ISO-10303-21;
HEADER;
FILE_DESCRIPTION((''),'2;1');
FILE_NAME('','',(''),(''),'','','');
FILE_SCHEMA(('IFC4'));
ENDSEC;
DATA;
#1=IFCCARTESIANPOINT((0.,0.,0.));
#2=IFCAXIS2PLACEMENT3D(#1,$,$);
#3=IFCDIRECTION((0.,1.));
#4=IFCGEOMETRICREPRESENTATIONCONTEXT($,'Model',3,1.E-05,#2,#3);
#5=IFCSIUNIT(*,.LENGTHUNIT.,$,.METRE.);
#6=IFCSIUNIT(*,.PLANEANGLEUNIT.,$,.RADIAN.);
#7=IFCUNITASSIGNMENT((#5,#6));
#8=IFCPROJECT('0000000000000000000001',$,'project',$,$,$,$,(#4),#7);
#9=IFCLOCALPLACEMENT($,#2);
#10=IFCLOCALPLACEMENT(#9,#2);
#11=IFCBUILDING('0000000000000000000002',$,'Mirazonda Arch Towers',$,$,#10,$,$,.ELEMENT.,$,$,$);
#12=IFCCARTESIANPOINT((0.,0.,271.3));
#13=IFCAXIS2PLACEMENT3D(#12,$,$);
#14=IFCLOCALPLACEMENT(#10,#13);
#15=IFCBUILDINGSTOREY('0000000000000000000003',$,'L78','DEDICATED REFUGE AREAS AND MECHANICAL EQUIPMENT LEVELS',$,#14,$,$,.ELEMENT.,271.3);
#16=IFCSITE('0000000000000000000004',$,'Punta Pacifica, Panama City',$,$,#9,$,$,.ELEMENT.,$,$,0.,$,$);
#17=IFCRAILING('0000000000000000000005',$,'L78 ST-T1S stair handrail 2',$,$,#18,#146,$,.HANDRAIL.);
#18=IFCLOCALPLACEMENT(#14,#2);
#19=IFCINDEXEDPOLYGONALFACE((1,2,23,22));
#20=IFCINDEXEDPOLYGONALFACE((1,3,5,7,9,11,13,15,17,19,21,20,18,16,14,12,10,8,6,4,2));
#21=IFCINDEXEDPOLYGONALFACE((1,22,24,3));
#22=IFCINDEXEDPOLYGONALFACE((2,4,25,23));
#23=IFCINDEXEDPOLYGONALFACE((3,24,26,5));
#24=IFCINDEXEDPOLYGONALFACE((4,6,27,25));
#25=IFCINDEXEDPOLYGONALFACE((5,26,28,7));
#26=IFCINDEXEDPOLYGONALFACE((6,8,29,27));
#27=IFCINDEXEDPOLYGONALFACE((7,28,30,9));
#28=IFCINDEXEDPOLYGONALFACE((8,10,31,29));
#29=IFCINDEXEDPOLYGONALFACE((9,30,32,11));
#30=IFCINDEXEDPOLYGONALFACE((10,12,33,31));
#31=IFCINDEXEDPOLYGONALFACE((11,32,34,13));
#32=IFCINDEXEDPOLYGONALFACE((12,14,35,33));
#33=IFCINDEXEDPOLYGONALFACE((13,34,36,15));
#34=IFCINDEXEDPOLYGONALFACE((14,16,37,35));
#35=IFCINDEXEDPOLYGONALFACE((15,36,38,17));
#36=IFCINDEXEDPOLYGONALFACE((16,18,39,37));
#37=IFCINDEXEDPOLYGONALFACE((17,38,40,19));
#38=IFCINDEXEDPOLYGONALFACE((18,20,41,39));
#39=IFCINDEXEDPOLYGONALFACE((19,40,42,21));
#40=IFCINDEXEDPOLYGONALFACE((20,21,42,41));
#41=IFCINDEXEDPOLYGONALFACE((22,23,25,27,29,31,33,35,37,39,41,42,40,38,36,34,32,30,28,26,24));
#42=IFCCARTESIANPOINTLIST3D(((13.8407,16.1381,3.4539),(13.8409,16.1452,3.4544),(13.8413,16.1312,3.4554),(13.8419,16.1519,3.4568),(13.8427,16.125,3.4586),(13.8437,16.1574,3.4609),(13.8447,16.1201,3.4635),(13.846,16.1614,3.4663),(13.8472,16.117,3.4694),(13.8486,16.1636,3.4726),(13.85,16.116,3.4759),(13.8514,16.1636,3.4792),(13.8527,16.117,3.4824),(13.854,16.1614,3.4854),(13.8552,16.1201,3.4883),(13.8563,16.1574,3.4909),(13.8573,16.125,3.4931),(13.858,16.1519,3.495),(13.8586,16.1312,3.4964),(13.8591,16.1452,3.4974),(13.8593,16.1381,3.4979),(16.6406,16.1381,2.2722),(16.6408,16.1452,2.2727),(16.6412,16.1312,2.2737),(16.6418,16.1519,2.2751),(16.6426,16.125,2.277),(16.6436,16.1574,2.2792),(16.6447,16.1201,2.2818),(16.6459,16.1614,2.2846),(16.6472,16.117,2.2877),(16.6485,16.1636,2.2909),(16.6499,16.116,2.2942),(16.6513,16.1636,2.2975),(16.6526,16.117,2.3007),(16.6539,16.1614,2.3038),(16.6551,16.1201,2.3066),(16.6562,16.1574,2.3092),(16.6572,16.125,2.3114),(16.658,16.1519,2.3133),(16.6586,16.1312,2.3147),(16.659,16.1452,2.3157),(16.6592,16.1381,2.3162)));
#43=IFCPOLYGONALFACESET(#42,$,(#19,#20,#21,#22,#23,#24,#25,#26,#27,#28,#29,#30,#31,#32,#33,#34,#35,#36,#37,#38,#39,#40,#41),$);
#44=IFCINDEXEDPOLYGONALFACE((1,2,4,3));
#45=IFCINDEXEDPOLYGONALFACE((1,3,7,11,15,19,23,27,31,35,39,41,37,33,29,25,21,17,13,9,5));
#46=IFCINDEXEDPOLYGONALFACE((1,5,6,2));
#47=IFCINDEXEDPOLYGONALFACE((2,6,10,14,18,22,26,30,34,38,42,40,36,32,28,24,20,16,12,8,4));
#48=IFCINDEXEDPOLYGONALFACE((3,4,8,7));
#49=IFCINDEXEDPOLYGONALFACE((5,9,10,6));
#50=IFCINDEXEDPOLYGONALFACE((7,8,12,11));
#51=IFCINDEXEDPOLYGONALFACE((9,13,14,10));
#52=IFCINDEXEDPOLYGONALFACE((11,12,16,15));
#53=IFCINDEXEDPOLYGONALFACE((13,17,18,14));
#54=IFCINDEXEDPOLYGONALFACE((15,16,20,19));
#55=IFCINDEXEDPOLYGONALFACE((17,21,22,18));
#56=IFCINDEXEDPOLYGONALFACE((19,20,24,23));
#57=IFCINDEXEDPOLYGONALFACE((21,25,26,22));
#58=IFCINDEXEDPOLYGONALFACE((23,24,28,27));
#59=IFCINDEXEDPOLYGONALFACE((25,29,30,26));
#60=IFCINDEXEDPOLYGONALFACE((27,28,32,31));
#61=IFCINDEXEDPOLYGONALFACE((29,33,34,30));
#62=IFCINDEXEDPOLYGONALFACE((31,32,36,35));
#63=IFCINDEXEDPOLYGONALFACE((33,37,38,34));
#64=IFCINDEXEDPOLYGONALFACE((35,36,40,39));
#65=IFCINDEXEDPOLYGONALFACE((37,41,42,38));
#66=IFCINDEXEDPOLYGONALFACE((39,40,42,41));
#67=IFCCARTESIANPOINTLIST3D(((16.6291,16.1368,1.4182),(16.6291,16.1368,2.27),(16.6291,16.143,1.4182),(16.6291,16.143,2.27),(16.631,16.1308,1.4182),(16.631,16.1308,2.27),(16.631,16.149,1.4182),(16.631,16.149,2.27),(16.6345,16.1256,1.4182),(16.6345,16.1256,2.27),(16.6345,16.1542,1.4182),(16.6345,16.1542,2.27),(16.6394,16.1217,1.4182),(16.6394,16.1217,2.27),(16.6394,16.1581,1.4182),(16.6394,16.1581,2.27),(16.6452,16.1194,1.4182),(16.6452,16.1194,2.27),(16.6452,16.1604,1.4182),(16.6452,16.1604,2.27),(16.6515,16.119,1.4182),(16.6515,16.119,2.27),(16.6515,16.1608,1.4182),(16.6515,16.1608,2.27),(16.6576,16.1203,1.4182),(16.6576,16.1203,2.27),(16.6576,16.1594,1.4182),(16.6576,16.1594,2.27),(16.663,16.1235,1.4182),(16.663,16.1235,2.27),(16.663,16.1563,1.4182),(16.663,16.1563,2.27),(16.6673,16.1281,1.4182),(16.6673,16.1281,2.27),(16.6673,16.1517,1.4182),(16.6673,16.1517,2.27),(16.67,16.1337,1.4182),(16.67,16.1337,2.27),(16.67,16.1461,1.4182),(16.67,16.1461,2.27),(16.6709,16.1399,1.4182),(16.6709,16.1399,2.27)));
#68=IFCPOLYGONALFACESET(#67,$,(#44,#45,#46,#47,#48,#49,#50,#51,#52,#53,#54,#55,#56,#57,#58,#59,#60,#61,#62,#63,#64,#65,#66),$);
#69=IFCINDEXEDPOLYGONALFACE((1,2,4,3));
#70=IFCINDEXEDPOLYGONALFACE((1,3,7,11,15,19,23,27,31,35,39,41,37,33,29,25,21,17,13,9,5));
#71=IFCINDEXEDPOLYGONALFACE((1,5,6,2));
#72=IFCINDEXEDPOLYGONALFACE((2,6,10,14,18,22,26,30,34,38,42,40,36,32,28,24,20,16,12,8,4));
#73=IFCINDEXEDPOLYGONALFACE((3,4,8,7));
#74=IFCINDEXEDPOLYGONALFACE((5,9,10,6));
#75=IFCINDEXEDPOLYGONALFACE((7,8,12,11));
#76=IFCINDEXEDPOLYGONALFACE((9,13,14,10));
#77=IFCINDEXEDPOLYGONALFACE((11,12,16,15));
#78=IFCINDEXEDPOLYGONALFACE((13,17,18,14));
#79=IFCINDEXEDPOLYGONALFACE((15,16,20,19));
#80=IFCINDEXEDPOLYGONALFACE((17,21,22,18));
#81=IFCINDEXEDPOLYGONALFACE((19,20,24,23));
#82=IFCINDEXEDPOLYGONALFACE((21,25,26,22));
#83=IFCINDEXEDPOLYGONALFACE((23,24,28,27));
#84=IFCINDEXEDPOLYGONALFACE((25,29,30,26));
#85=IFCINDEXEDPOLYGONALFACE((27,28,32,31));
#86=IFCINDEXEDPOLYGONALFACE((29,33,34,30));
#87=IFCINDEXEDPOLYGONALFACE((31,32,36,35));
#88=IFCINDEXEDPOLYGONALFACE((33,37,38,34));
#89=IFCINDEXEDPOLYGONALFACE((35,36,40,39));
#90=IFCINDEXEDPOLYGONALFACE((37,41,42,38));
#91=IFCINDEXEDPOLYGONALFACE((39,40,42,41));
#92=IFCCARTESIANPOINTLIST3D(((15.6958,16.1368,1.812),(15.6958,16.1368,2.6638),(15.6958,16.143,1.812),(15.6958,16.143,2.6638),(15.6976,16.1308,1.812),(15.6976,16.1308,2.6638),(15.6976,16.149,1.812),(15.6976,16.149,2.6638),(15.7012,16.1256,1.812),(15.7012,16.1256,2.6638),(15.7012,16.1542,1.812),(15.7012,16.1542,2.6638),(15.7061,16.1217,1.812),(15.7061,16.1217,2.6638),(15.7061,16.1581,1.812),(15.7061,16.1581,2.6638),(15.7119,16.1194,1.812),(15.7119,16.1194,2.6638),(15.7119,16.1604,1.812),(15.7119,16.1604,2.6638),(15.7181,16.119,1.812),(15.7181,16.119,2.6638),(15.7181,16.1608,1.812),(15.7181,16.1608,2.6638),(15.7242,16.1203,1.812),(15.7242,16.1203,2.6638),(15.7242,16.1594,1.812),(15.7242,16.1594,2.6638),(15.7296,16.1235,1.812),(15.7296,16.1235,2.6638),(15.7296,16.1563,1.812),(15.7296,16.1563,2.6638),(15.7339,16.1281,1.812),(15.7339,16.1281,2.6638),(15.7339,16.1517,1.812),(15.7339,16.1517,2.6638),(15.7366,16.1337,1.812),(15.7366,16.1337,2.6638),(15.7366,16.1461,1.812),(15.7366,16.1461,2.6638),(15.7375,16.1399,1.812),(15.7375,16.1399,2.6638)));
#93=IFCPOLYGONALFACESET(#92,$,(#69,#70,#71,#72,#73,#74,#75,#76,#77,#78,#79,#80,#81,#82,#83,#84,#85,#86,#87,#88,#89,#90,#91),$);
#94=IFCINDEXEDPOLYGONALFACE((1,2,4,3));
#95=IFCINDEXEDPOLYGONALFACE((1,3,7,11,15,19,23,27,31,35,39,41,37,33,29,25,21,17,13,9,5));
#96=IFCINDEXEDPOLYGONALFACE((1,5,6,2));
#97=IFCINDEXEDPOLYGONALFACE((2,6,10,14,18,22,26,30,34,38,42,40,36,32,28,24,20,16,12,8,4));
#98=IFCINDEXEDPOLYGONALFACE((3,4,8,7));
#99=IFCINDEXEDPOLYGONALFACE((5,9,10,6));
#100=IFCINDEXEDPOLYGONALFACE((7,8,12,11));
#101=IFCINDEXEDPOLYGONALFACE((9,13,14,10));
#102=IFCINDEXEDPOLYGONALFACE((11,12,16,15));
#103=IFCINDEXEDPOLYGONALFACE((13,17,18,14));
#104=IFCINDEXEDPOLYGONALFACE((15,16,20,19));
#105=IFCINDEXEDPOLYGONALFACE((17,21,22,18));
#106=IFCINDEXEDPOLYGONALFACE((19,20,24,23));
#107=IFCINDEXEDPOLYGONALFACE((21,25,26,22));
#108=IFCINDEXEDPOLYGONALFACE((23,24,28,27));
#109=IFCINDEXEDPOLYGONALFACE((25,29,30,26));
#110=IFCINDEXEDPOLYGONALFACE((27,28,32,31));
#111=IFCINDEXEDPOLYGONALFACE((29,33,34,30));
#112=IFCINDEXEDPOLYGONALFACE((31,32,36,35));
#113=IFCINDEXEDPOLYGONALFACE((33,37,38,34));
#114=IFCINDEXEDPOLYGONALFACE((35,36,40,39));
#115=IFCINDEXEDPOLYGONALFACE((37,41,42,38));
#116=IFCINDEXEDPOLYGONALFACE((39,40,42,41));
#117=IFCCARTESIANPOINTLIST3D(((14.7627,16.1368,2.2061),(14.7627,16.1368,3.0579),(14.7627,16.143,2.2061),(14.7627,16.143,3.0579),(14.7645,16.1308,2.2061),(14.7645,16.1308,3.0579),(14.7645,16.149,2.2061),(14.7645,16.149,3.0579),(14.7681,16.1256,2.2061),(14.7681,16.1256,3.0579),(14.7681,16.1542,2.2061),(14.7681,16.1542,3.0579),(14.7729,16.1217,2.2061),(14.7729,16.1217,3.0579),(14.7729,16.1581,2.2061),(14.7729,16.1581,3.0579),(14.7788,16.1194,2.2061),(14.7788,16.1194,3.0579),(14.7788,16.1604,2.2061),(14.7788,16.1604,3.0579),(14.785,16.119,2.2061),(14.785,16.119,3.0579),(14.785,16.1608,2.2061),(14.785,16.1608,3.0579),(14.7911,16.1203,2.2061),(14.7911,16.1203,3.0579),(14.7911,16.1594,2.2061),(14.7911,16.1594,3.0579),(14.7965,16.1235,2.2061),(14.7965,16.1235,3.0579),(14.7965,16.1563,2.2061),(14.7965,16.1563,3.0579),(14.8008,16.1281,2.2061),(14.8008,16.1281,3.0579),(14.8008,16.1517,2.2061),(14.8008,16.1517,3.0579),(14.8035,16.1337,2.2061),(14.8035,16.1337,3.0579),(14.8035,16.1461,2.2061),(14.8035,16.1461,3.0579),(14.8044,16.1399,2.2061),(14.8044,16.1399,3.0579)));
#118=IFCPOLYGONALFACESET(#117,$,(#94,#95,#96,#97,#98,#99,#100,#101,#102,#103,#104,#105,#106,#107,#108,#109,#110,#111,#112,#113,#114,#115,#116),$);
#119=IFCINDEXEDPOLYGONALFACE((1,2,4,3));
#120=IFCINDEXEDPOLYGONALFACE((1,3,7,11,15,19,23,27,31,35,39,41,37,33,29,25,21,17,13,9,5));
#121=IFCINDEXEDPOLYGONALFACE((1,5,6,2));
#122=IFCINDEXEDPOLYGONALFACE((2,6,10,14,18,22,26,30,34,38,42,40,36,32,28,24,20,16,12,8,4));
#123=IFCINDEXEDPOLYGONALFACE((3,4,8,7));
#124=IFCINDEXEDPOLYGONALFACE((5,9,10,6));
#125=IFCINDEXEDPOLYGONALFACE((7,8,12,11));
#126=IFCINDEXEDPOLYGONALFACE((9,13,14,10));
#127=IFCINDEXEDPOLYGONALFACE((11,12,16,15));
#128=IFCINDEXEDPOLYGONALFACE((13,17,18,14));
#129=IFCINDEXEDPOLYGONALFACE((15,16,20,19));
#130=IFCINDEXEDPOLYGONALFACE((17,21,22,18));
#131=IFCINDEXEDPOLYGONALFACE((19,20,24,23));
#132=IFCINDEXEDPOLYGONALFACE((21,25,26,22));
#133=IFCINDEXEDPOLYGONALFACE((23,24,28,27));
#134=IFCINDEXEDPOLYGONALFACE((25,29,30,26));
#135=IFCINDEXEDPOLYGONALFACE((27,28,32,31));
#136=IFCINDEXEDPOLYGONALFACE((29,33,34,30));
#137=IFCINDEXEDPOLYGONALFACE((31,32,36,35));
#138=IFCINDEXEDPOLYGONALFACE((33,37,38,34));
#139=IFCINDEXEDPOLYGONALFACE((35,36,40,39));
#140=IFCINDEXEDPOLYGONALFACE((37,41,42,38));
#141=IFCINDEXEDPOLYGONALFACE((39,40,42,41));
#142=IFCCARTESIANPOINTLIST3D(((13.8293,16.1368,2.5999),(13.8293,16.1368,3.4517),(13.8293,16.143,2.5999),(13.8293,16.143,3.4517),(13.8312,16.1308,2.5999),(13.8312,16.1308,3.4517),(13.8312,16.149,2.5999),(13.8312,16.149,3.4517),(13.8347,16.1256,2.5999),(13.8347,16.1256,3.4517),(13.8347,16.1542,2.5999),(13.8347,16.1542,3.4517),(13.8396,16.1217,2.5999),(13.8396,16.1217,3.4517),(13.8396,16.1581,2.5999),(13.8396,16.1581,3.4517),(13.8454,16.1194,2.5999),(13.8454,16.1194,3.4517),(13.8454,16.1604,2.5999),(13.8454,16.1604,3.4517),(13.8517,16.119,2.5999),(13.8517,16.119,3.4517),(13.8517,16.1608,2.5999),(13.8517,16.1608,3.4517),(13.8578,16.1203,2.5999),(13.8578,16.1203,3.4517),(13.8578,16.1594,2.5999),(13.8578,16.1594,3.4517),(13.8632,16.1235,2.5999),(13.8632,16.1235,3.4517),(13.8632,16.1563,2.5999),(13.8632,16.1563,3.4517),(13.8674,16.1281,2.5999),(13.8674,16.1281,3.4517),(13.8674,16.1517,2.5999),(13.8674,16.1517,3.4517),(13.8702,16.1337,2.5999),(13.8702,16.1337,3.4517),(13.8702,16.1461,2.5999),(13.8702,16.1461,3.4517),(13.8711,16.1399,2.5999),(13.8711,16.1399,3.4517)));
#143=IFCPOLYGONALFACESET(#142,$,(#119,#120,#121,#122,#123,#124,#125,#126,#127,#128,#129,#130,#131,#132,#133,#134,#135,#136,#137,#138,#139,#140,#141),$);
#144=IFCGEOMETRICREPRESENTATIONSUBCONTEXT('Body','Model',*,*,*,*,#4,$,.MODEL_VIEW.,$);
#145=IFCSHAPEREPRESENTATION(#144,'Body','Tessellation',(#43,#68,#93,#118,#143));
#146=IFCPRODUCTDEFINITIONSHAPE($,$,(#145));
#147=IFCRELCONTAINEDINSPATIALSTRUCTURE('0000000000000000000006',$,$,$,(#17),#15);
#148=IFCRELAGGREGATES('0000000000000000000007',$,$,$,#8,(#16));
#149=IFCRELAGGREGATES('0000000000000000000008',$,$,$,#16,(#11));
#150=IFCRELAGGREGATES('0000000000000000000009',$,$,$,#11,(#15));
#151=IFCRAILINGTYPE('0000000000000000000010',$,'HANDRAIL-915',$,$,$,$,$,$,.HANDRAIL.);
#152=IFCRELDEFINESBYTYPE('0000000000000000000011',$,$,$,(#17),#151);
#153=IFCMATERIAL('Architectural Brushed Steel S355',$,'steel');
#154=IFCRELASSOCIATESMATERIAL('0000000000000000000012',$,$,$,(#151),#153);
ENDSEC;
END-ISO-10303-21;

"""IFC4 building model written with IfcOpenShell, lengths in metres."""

from ifc_helpers import new_model, si_unit, direction, frame, origin, origin_2d, place, context, subcontext, project, spatial, circle, extrude, material, type_object, element, save


model = new_model("IFC4")

# Units and contexts
model_context = context("Model", 3, precision=1e-05, world=origin(), true_north=direction((0.0, 1.0)))
body_context = subcontext(model_context, "Body", "Model", "MODEL_VIEW")
ifc_project = project(units=[si_unit("LENGTHUNIT", "METRE"), si_unit("PLANEANGLEUNIT", "RADIAN")], contexts=[model_context])

# Site, building, storey
site_placement = place(None, origin())
site = spatial("IfcSite", under=ifc_project, at=site_placement, Name="Punta Pacifica, Panama City", CompositionType="ELEMENT", RefElevation=0.0)
building_placement = place(site_placement, origin())
building = spatial("IfcBuilding", under=site, at=building_placement, Name="Mirazonda Arch Towers", CompositionType="ELEMENT")
storey_placement = place(building_placement, frame((0.0, 0.0, 271.3)))
storey = spatial("IfcBuildingStorey", under=building, at=storey_placement, Name="L78", Description="DEDICATED REFUGE AREAS AND MECHANICAL EQUIPMENT LEVELS", CompositionType="ELEMENT", Elevation=271.3)

# Shared definitions
ifc_material_1 = material(Name="Architectural Brushed Steel S355", Category="steel")

# Railing
railing_type_1 = type_object("IfcRailingType", Name="HANDRAIL-915", PredefinedType="HANDRAIL", material=ifc_material_1)
railing_1_placement = place(storey_placement, frame((16.6499, 16.1399, 1.4182)))
element("IfcRailing", 1, at=railing_1_placement, inside=storey, type_object=railing_type_1, Name="L78 ST-T1S stair handrail 2", PredefinedType="HANDRAIL", context=body_context, shape_type="SweptSolid", body=[
    extrude(circle(Radius=0.0239, at=origin_2d()), frame((0.0, 0.0, 0.876), z_axis=(-0.921308, 0.0, 0.388833), x_axis=(0.0, -1.0, 0.0)), (0.0, 0.0, 1.0), 3.0391),
    extrude(circle(Radius=0.021, at=origin_2d()), origin(), (0.0, 0.0, 1.0), 0.8518),
    extrude(circle(Radius=0.021, at=origin_2d()), frame((-0.9333, 0.0, 0.3938)), (0.0, 0.0, 1.0), 0.8518),
    extrude(circle(Radius=0.021, at=origin_2d()), frame((-1.8665, 0.0, 0.7878)), (0.0, 0.0, 1.0), 0.8518),
    extrude(circle(Radius=0.021, at=origin_2d()), frame((-2.7998, 0.0, 1.1816)), (0.0, 0.0, 1.0), 0.8518),
])

save(model, "model.ifc")
